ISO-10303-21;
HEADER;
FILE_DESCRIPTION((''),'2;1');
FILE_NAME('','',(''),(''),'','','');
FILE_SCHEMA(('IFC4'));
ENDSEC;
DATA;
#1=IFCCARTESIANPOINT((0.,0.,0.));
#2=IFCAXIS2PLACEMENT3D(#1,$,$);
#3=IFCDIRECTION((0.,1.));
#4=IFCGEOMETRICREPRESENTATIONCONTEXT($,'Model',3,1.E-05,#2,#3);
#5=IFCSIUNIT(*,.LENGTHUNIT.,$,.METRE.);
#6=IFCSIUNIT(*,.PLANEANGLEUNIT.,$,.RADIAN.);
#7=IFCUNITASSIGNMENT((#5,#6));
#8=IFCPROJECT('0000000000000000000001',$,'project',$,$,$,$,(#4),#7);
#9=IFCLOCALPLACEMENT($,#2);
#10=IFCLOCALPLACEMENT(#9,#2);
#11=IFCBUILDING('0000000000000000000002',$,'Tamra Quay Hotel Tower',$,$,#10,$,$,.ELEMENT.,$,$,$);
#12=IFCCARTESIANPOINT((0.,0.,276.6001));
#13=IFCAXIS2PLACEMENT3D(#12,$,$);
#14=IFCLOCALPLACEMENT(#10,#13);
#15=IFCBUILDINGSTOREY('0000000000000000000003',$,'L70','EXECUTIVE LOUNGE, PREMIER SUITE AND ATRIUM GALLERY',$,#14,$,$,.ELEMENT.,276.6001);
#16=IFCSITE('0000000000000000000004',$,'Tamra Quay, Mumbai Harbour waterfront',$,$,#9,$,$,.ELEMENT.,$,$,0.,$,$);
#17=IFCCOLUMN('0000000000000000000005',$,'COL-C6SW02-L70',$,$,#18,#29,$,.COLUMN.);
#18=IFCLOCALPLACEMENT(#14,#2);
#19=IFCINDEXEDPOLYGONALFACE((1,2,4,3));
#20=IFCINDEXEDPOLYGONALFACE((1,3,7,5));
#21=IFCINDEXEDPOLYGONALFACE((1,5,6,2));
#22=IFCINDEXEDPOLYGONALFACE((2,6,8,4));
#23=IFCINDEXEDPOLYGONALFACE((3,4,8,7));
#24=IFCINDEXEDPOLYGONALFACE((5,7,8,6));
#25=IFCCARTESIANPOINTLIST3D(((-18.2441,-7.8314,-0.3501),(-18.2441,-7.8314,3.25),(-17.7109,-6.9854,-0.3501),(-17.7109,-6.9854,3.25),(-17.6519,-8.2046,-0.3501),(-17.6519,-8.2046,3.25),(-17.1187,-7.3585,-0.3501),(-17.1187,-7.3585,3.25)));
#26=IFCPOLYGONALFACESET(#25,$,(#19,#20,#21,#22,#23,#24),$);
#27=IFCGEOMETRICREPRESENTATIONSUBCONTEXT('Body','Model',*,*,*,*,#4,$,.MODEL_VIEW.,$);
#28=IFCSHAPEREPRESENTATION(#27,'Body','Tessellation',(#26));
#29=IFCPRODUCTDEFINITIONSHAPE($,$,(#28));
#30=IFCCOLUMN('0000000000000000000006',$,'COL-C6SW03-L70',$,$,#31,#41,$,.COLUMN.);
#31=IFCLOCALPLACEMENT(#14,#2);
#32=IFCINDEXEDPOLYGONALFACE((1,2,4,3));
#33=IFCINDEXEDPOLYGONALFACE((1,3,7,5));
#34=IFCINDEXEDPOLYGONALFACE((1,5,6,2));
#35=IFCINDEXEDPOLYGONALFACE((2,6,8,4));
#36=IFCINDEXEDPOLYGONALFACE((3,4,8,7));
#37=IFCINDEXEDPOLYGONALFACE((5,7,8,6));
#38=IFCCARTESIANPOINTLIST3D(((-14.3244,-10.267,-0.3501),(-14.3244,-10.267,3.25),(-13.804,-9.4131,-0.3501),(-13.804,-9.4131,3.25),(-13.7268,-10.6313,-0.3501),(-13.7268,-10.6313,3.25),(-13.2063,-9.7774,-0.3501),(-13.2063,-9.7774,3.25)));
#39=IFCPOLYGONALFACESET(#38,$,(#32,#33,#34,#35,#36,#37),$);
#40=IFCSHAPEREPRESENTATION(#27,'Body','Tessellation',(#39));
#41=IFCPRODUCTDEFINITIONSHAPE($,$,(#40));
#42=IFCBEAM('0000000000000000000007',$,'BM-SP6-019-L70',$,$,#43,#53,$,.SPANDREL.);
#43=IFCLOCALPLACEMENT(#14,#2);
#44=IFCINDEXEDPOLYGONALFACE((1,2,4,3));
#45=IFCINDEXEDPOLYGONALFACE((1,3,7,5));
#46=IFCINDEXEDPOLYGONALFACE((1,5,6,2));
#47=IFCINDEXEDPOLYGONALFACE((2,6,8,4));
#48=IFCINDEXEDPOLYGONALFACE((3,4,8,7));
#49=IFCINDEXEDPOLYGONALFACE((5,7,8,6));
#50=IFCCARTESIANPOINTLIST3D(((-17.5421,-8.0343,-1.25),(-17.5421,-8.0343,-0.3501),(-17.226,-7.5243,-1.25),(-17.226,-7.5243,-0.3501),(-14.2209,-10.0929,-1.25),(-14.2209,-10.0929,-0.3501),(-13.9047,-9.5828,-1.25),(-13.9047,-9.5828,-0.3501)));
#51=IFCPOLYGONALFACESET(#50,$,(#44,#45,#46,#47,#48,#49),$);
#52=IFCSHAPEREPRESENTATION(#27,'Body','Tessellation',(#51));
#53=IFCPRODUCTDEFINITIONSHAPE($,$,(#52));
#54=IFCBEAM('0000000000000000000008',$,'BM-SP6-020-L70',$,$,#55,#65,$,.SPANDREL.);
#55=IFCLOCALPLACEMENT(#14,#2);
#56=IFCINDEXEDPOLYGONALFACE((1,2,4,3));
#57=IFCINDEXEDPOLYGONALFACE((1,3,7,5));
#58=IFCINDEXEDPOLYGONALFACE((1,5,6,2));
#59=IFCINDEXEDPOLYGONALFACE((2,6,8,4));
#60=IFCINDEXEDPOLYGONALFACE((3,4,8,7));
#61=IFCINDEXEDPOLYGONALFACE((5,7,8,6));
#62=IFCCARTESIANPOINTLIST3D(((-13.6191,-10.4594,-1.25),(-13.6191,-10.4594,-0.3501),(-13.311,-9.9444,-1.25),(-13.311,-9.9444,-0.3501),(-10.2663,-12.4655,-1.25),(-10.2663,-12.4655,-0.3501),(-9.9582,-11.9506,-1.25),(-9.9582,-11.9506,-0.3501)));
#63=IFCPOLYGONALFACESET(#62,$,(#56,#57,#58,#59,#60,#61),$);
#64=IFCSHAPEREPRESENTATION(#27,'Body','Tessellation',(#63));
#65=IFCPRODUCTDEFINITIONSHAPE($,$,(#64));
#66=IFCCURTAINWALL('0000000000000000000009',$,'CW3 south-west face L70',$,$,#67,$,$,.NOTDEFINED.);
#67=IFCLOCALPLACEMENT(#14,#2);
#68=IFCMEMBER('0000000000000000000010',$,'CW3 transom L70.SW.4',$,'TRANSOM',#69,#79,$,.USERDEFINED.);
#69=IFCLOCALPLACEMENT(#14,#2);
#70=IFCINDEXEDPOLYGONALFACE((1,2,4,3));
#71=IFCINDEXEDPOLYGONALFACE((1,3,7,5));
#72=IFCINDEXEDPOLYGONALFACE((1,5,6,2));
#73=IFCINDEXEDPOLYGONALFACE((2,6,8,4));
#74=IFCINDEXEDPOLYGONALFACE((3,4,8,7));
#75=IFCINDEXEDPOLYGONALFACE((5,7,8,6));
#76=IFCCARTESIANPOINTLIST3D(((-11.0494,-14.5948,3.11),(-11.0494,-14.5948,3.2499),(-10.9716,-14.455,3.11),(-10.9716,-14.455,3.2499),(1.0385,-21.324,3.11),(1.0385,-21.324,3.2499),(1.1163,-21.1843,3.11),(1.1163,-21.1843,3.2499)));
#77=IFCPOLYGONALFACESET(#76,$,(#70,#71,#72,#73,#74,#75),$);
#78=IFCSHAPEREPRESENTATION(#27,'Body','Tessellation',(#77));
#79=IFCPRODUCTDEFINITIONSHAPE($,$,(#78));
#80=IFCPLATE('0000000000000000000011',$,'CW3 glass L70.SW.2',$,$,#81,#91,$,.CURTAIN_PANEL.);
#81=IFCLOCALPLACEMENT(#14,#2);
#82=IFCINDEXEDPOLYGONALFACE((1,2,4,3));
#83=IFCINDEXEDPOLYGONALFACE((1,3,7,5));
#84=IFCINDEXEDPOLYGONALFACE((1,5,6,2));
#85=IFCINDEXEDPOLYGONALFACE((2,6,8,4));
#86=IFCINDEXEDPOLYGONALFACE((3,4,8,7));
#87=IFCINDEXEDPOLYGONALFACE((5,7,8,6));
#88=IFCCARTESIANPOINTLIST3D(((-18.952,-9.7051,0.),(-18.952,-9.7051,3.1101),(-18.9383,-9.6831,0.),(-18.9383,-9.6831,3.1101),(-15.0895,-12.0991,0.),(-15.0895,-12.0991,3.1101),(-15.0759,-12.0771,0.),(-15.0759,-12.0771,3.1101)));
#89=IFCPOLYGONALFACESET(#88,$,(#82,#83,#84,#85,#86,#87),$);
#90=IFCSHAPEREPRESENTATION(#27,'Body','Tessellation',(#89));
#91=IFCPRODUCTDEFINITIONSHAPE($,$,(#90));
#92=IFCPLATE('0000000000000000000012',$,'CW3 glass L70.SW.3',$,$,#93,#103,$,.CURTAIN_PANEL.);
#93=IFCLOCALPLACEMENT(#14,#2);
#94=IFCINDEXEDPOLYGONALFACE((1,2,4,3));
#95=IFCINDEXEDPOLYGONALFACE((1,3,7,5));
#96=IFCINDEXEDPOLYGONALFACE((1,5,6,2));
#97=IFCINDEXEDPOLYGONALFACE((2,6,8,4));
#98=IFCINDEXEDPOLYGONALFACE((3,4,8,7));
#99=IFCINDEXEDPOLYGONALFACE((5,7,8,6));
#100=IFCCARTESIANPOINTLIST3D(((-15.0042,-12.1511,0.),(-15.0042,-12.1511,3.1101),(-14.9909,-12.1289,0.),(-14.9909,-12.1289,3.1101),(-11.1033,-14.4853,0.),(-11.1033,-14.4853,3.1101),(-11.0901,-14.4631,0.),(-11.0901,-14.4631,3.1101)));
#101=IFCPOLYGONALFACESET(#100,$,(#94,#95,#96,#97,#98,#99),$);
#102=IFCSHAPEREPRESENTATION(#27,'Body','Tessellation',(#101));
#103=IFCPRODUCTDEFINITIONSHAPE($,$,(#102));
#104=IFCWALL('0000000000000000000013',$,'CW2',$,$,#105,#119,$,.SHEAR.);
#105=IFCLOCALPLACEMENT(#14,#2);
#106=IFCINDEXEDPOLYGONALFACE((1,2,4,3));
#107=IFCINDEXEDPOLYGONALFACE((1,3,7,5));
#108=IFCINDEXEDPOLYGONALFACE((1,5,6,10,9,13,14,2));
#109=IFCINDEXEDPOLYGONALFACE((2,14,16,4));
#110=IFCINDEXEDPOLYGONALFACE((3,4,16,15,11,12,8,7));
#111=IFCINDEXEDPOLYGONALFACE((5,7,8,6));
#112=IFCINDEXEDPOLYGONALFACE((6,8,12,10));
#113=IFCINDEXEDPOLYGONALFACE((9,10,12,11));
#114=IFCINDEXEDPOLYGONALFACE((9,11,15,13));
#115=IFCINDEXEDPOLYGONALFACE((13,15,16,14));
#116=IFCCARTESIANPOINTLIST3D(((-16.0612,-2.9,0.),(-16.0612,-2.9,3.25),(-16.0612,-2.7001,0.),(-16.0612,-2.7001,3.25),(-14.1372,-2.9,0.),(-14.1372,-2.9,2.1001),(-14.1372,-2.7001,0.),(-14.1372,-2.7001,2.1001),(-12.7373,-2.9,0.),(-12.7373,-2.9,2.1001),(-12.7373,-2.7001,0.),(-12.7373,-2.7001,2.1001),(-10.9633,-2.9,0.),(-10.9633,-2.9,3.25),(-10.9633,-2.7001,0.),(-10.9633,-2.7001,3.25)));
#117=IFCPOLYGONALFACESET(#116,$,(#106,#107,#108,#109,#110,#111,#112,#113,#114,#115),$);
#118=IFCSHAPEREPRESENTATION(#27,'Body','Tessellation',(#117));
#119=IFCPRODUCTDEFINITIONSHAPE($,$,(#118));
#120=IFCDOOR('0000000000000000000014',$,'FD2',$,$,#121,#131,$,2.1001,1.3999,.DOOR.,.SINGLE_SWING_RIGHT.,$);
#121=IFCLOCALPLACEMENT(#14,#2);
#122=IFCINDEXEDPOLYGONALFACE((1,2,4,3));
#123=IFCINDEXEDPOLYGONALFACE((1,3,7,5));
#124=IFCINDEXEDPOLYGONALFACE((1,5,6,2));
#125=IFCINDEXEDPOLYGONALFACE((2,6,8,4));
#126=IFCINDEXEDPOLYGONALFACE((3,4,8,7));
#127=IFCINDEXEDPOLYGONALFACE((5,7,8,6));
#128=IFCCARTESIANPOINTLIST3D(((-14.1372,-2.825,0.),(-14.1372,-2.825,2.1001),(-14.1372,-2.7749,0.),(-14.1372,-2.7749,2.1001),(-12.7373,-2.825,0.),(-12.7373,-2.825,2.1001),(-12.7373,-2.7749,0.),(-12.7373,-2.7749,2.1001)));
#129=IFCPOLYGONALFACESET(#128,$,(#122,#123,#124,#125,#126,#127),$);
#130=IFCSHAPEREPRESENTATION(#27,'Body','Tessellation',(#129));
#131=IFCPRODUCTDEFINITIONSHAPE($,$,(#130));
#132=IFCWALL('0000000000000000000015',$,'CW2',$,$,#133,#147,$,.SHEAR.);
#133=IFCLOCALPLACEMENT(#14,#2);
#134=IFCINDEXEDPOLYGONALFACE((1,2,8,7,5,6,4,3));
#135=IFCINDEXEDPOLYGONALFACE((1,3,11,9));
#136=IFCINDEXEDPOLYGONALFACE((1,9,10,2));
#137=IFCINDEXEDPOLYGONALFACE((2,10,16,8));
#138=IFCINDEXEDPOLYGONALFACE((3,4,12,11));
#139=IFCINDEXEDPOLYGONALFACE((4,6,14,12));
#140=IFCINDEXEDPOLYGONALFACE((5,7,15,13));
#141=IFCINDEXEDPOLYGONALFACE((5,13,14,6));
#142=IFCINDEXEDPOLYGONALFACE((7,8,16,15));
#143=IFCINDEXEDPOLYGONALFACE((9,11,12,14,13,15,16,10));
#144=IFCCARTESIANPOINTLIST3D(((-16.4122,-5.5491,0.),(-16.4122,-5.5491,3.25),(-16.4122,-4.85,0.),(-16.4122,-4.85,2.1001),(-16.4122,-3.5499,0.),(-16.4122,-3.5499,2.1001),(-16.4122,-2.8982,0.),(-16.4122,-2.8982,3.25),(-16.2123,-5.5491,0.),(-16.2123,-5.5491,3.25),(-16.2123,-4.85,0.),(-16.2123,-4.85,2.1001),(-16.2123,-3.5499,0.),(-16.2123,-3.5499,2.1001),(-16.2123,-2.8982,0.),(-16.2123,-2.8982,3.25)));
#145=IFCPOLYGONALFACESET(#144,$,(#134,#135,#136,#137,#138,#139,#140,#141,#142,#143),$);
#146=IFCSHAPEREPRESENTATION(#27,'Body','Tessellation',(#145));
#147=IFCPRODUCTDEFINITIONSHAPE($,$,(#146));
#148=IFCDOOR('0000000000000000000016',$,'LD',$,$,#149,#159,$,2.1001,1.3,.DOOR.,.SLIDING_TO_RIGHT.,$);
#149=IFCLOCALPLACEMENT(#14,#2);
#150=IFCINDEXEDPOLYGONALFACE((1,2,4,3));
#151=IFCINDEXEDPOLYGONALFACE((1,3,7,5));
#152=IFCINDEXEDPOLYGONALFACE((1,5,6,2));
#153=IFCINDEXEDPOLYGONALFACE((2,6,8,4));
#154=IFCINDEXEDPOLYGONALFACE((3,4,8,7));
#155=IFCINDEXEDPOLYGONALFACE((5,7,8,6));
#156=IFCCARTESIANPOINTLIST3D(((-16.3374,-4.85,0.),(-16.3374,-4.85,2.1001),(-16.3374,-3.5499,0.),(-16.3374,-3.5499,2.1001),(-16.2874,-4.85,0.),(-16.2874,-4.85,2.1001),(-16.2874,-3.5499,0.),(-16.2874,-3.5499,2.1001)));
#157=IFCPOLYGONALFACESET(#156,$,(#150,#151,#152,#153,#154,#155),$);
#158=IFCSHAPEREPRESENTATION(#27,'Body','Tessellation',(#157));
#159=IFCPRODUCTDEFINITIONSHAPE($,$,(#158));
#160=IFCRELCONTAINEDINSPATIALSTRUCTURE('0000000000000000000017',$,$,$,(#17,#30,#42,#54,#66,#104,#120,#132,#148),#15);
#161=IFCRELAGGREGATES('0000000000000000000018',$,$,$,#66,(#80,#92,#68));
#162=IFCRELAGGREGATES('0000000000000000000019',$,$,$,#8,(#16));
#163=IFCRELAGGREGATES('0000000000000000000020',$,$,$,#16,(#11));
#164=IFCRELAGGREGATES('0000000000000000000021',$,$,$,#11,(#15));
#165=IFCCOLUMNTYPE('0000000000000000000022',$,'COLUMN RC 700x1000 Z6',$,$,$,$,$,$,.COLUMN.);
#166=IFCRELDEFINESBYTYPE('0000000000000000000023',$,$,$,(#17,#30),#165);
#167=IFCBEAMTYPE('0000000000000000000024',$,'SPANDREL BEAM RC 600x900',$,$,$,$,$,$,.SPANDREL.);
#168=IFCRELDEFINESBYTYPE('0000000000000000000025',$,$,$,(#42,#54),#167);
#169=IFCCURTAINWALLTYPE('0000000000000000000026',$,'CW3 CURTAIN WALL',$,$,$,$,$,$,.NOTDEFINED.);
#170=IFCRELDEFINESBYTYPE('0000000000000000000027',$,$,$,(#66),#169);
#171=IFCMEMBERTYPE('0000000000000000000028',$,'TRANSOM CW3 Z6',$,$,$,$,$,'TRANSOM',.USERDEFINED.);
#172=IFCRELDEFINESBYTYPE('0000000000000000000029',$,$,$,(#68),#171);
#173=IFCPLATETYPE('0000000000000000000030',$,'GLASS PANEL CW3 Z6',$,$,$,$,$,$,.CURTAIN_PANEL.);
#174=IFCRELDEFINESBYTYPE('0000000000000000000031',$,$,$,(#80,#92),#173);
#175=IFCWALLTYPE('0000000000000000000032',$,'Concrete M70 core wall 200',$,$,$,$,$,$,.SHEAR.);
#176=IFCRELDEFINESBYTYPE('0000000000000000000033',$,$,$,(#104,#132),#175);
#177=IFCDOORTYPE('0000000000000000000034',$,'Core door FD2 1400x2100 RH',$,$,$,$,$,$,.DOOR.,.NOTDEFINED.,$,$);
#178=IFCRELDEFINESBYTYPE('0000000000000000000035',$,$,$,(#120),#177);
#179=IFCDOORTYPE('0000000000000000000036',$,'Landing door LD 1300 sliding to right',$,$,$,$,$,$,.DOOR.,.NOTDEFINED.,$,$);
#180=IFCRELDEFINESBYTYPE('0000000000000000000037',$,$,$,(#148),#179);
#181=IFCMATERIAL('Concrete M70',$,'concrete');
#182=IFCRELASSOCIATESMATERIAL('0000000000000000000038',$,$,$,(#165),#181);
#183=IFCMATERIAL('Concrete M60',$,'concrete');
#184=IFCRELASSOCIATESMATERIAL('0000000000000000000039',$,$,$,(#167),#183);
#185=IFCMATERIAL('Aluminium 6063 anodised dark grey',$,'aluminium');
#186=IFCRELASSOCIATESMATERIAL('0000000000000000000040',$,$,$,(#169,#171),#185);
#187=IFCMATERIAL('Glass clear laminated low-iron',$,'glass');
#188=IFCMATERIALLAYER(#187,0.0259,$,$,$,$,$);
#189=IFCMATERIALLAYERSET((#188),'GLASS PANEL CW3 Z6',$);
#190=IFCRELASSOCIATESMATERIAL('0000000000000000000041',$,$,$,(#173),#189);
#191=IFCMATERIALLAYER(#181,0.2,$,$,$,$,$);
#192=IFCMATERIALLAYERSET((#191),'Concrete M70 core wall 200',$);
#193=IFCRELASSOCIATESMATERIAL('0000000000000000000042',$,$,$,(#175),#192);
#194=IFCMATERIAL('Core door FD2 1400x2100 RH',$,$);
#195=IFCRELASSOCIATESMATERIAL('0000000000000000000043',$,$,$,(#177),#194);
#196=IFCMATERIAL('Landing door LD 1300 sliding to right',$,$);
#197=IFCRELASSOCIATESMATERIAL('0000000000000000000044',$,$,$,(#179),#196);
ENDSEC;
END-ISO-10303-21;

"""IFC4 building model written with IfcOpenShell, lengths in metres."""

from ifc_helpers import new_model, si_unit, direction, frame, frame_2d, origin, origin_2d, place, context, subcontext, project, spatial, rectangle, extrude, material, layer, layer_set, material_profile, profile_set, type_object, element, fill, aggregate, save


model = new_model("IFC4")

# Units and contexts
model_context = context("Model", 3, precision=1e-05, world=origin(), true_north=direction((0.0, 1.0)))
body_context = subcontext(model_context, "Body", "Model", "MODEL_VIEW")
ifc_project = project(units=[si_unit("LENGTHUNIT", "METRE"), si_unit("PLANEANGLEUNIT", "RADIAN")], contexts=[model_context])

# Site, building, storey
site_placement = place(None, origin())
site = spatial("IfcSite", under=ifc_project, at=site_placement, Name="Tamra Quay, Mumbai Harbour waterfront", CompositionType="ELEMENT", RefElevation=0.0)
building_placement = place(site_placement, origin())
building = spatial("IfcBuilding", under=site, at=building_placement, Name="Tamra Quay Hotel Tower", CompositionType="ELEMENT")
storey_placement = place(building_placement, frame((0.0, 0.0, 276.6001)))
storey = spatial("IfcBuildingStorey", under=building, at=storey_placement, Name="L70", Description="EXECUTIVE LOUNGE, PREMIER SUITE AND ATRIUM GALLERY", CompositionType="ELEMENT", Elevation=276.6001)

# Columns
ifc_material_1 = material(Name="Concrete M70", Category="concrete")
ifc_material_profile_1 = material_profile(ifc_material_1, rectangle(XDim=1.0, YDim=0.7, at=origin_2d()), Name="COLUMN RC 700x1000 Z6")
ifc_profile_set_1 = profile_set([ifc_material_profile_1], Name="Concrete M70")
column_type = type_object("IfcColumnType", Name="COLUMN RC 700x1000 Z6", PredefinedType="COLUMN", material=ifc_profile_set_1)
for number, where, z_axis, x_axis, name in (
    (1, (-17.6814, -7.595, -0.3501), (0.0, 0.0, 1.0), (0.533133, 0.846031, 0.0), "COL-C6SW02-L70"),
    (2, (-13.7654, -10.0222, -0.3501), (0.0, 0.0, 1.0), (0.52043, 0.853904, 0.0), "COL-C6SW03-L70"),
):
    element("IfcColumn", number, at=place(storey_placement, frame(where, z_axis=z_axis, x_axis=x_axis)), inside=storey, type_object=column_type, Name=name, PredefinedType="COLUMN", context=body_context, shape_type="SweptSolid", body=[
        extrude(rectangle(XDim=1.0, YDim=0.7, at=origin_2d()), origin(), (0.0, 0.0, 1.0), 3.6001),
    ])

# Beams
ifc_material_2 = material(Name="Concrete M60", Category="concrete")
ifc_material_profile_2 = material_profile(ifc_material_2, rectangle(XDim=0.6001, YDim=0.8999, at=origin_2d()), Name="SPANDREL BEAM RC 600x900")
ifc_profile_set_2 = profile_set([ifc_material_profile_2], Name="Concrete M60")
beam_type = type_object("IfcBeamType", Name="SPANDREL BEAM RC 600x900", PredefinedType="SPANDREL", material=ifc_profile_set_2)
beam_1_placement = place(storey_placement, frame((-17.384, -7.7793, -0.8), z_axis=(0.849972, -0.526828, 0.0), x_axis=(0.526828, 0.849972, 0.0)))
element("IfcBeam", 3, at=beam_1_placement, inside=storey, type_object=beam_type, Name="BM-SP6-019-L70", PredefinedType="SPANDREL", context=body_context, shape_type="SweptSolid", body=[
    extrude(rectangle(XDim=0.6001, YDim=0.8999, at=origin_2d()), origin(), (0.0, 0.0, 1.0), 3.9075),
])
beam_2_placement = place(storey_placement, frame((-13.4651, -10.2019, -0.8), z_axis=(0.858121, -0.513448, 0.0), x_axis=(0.513448, 0.858121, 0.0)))
element("IfcBeam", 4, at=beam_2_placement, inside=storey, type_object=beam_type, Name="BM-SP6-020-L70", PredefinedType="SPANDREL", context=body_context, shape_type="SweptSolid", body=[
    extrude(rectangle(XDim=0.6001, YDim=0.8999, at=origin_2d()), origin(), (0.0, 0.0, 1.0), 3.9072),
])

# Curtain wall, member, plates
ifc_material_3 = material(Name="Aluminium 6063 anodised dark grey", Category="aluminium")
curtain_wall_type = type_object("IfcCurtainWallType", Name="CW3 CURTAIN WALL", PredefinedType="NOTDEFINED", material=ifc_material_3)
curtain_wall_placement = place(storey_placement, origin())
curtain_wall = element("IfcCurtainWall", 5, at=curtain_wall_placement, inside=storey, type_object=curtain_wall_type, Name="CW3 south-west face L70", PredefinedType="NOTDEFINED")
ifc_material_profile_3 = material_profile(ifc_material_3, rectangle(XDim=0.1599, YDim=0.1399, at=origin_2d()), Name="TRANSOM 160X140")
ifc_profile_set_3 = profile_set([ifc_material_profile_3], Name="Aluminium 6063 anodised dark grey")
member_type = type_object("IfcMemberType", Name="TRANSOM CW3 Z6", ElementType="TRANSOM", PredefinedType="USERDEFINED", material=ifc_profile_set_3)
member_placement = place(storey_placement, frame((-11.0105, -14.5249, 3.1799), z_axis=(0.873735, -0.486402, 0.0), x_axis=(0.486402, 0.873735, 0.0)))
member = element("IfcMember", 6, at=member_placement, type_object=member_type, Name="CW3 transom L70.SW.4", ObjectType="TRANSOM", PredefinedType="USERDEFINED", context=body_context, shape_type="SweptSolid", body=[
    extrude(rectangle(XDim=0.1599, YDim=0.1399, at=origin_2d()), origin(), (0.0, 0.0, 1.0), 13.8347),
])
ifc_material_4 = material(Name="Glass clear laminated low-iron", Category="glass")
ifc_layer_1 = layer(ifc_material_4, 0.0259)
ifc_layer_set_1 = layer_set([ifc_layer_1], Name="GLASS PANEL CW3 Z6")
plate_type = type_object("IfcPlateType", Name="GLASS PANEL CW3 Z6", PredefinedType="CURTAIN_PANEL", material=ifc_layer_set_1)
plate_1_placement = place(storey_placement, frame((-17.0139, -10.8911, 0.0), z_axis=(0.0, 0.0, 1.0), x_axis=(0.849982, -0.526812, 0.0)))
plate_1 = element("IfcPlate", 7, at=plate_1_placement, type_object=plate_type, Name="CW3 glass L70.SW.2", PredefinedType="CURTAIN_PANEL", context=body_context, shape_type="SweptSolid", body=[
    extrude(rectangle(XDim=4.5442, YDim=0.0259, at=origin_2d()), origin(), (0.0, 0.0, 1.0), 3.1101),
])
plate_2_placement = place(storey_placement, frame((-13.0471, -13.3071, 0.0), z_axis=(0.0, 0.0, 1.0), x_axis=(0.858103, -0.513477, 0.0)))
plate_2 = element("IfcPlate", 8, at=plate_2_placement, type_object=plate_type, Name="CW3 glass L70.SW.3", PredefinedType="CURTAIN_PANEL", context=body_context, shape_type="SweptSolid", body=[
    extrude(rectangle(XDim=4.5459, YDim=0.0259, at=origin_2d()), origin(), (0.0, 0.0, 1.0), 3.1101),
])
aggregate(curtain_wall, [plate_1, plate_2, member])

# Walls, openings, doors
ifc_layer_2 = layer(ifc_material_1, 0.2)
ifc_layer_set_2 = layer_set([ifc_layer_2], Name="Concrete M70 core wall 200")
wall_type_1 = type_object("IfcWallType", Name="Concrete M70 core wall 200", PredefinedType="SHEAR", material=ifc_layer_set_2)
wall_1_placement = place(storey_placement, frame((-10.9634, -2.8, 0.0), z_axis=(0.0, 0.0, 1.0), x_axis=(-1.0, 0.0, 0.0)))
wall_1 = element("IfcWall", 9, at=wall_1_placement, inside=storey, type_object=wall_type_1, Name="CW2", PredefinedType="SHEAR", context=body_context, shape_type="SweptSolid", body=[
    extrude(rectangle(XDim=5.0979, YDim=0.2, at=frame_2d((2.5488, 0.0))), origin(), (0.0, 0.0, 1.0), 3.25),
])
opening_1_placement = place(wall_1_placement, frame((1.7739, 0.0, 0.0)))
opening_1 = element("IfcOpeningElement", 10, at=opening_1_placement, cuts=wall_1, PredefinedType="OPENING", context=body_context, shape_type="SweptSolid", body=[
    extrude(rectangle(XDim=1.3999, YDim=2.1001, at=frame_2d((0.7, 1.05))), frame((0.0, 0.1099, 0.0), z_axis=(0.0, -1.0, 0.0), x_axis=(1.0, 0.0, 0.0)), (0.0, 0.0, 1.0), 0.22),
])
ifc_material_5 = material(Name="Core door FD2 1400x2100 RH")
door_type_1 = type_object("IfcDoorType", Name="Core door FD2 1400x2100 RH", OperationType="NOTDEFINED", PredefinedType="DOOR", material=ifc_material_5)
door_1_placement = place(opening_1_placement, origin())
door_1 = element("IfcDoor", 11, at=door_1_placement, inside=storey, type_object=door_type_1, Name="FD2", OperationType="SINGLE_SWING_RIGHT", OverallHeight=2.1001, OverallWidth=1.3999, PredefinedType="DOOR", context=body_context, shape_type="SweptSolid", body=[
    extrude(rectangle(XDim=1.3999, YDim=2.1001, at=frame_2d((0.7, 1.05))), frame((0.0, 0.0249, 0.0), z_axis=(0.0, -1.0, 0.0), x_axis=(1.0, 0.0, 0.0)), (0.0, 0.0, 1.0), 0.05),
])
fill(opening_1, door_1)
wall_2_placement = place(storey_placement, frame((-16.3123, -2.8982, 0.0), z_axis=(0.0, 0.0, 1.0), x_axis=(0.0, -1.0, 0.0)))
wall_2 = element("IfcWall", 12, at=wall_2_placement, inside=storey, type_object=wall_type_1, Name="CW2", PredefinedType="SHEAR", context=body_context, shape_type="SweptSolid", body=[
    extrude(rectangle(XDim=2.6509, YDim=0.2, at=frame_2d((1.3254, 0.0))), origin(), (0.0, 0.0, 1.0), 3.25),
])
opening_2_placement = place(wall_2_placement, frame((0.6519, 0.0, 0.0)))
opening_2 = element("IfcOpeningElement", 13, at=opening_2_placement, cuts=wall_2, PredefinedType="OPENING", context=body_context, shape_type="SweptSolid", body=[
    extrude(rectangle(XDim=1.3, YDim=2.1001, at=frame_2d((0.6499, 1.05))), frame((0.0, 0.1099, 0.0), z_axis=(0.0, -1.0, 0.0), x_axis=(1.0, 0.0, 0.0)), (0.0, 0.0, 1.0), 0.22),
])
ifc_material_6 = material(Name="Landing door LD 1300 sliding to right")
door_type_2 = type_object("IfcDoorType", Name="Landing door LD 1300 sliding to right", OperationType="NOTDEFINED", PredefinedType="DOOR", material=ifc_material_6)
door_2_placement = place(opening_2_placement, origin())
door_2 = element("IfcDoor", 14, at=door_2_placement, inside=storey, type_object=door_type_2, Name="LD", OperationType="SLIDING_TO_RIGHT", OverallHeight=2.1001, OverallWidth=1.3, PredefinedType="DOOR", context=body_context, shape_type="SweptSolid", body=[
    extrude(rectangle(XDim=1.3, YDim=2.1001, at=frame_2d((0.6499, 1.05))), frame((0.0, 0.0249, 0.0), z_axis=(0.0, -1.0, 0.0), x_axis=(1.0, 0.0, 0.0)), (0.0, 0.0, 1.0), 0.05),
])
fill(opening_2, door_2)

save(model, "model.ifc")
